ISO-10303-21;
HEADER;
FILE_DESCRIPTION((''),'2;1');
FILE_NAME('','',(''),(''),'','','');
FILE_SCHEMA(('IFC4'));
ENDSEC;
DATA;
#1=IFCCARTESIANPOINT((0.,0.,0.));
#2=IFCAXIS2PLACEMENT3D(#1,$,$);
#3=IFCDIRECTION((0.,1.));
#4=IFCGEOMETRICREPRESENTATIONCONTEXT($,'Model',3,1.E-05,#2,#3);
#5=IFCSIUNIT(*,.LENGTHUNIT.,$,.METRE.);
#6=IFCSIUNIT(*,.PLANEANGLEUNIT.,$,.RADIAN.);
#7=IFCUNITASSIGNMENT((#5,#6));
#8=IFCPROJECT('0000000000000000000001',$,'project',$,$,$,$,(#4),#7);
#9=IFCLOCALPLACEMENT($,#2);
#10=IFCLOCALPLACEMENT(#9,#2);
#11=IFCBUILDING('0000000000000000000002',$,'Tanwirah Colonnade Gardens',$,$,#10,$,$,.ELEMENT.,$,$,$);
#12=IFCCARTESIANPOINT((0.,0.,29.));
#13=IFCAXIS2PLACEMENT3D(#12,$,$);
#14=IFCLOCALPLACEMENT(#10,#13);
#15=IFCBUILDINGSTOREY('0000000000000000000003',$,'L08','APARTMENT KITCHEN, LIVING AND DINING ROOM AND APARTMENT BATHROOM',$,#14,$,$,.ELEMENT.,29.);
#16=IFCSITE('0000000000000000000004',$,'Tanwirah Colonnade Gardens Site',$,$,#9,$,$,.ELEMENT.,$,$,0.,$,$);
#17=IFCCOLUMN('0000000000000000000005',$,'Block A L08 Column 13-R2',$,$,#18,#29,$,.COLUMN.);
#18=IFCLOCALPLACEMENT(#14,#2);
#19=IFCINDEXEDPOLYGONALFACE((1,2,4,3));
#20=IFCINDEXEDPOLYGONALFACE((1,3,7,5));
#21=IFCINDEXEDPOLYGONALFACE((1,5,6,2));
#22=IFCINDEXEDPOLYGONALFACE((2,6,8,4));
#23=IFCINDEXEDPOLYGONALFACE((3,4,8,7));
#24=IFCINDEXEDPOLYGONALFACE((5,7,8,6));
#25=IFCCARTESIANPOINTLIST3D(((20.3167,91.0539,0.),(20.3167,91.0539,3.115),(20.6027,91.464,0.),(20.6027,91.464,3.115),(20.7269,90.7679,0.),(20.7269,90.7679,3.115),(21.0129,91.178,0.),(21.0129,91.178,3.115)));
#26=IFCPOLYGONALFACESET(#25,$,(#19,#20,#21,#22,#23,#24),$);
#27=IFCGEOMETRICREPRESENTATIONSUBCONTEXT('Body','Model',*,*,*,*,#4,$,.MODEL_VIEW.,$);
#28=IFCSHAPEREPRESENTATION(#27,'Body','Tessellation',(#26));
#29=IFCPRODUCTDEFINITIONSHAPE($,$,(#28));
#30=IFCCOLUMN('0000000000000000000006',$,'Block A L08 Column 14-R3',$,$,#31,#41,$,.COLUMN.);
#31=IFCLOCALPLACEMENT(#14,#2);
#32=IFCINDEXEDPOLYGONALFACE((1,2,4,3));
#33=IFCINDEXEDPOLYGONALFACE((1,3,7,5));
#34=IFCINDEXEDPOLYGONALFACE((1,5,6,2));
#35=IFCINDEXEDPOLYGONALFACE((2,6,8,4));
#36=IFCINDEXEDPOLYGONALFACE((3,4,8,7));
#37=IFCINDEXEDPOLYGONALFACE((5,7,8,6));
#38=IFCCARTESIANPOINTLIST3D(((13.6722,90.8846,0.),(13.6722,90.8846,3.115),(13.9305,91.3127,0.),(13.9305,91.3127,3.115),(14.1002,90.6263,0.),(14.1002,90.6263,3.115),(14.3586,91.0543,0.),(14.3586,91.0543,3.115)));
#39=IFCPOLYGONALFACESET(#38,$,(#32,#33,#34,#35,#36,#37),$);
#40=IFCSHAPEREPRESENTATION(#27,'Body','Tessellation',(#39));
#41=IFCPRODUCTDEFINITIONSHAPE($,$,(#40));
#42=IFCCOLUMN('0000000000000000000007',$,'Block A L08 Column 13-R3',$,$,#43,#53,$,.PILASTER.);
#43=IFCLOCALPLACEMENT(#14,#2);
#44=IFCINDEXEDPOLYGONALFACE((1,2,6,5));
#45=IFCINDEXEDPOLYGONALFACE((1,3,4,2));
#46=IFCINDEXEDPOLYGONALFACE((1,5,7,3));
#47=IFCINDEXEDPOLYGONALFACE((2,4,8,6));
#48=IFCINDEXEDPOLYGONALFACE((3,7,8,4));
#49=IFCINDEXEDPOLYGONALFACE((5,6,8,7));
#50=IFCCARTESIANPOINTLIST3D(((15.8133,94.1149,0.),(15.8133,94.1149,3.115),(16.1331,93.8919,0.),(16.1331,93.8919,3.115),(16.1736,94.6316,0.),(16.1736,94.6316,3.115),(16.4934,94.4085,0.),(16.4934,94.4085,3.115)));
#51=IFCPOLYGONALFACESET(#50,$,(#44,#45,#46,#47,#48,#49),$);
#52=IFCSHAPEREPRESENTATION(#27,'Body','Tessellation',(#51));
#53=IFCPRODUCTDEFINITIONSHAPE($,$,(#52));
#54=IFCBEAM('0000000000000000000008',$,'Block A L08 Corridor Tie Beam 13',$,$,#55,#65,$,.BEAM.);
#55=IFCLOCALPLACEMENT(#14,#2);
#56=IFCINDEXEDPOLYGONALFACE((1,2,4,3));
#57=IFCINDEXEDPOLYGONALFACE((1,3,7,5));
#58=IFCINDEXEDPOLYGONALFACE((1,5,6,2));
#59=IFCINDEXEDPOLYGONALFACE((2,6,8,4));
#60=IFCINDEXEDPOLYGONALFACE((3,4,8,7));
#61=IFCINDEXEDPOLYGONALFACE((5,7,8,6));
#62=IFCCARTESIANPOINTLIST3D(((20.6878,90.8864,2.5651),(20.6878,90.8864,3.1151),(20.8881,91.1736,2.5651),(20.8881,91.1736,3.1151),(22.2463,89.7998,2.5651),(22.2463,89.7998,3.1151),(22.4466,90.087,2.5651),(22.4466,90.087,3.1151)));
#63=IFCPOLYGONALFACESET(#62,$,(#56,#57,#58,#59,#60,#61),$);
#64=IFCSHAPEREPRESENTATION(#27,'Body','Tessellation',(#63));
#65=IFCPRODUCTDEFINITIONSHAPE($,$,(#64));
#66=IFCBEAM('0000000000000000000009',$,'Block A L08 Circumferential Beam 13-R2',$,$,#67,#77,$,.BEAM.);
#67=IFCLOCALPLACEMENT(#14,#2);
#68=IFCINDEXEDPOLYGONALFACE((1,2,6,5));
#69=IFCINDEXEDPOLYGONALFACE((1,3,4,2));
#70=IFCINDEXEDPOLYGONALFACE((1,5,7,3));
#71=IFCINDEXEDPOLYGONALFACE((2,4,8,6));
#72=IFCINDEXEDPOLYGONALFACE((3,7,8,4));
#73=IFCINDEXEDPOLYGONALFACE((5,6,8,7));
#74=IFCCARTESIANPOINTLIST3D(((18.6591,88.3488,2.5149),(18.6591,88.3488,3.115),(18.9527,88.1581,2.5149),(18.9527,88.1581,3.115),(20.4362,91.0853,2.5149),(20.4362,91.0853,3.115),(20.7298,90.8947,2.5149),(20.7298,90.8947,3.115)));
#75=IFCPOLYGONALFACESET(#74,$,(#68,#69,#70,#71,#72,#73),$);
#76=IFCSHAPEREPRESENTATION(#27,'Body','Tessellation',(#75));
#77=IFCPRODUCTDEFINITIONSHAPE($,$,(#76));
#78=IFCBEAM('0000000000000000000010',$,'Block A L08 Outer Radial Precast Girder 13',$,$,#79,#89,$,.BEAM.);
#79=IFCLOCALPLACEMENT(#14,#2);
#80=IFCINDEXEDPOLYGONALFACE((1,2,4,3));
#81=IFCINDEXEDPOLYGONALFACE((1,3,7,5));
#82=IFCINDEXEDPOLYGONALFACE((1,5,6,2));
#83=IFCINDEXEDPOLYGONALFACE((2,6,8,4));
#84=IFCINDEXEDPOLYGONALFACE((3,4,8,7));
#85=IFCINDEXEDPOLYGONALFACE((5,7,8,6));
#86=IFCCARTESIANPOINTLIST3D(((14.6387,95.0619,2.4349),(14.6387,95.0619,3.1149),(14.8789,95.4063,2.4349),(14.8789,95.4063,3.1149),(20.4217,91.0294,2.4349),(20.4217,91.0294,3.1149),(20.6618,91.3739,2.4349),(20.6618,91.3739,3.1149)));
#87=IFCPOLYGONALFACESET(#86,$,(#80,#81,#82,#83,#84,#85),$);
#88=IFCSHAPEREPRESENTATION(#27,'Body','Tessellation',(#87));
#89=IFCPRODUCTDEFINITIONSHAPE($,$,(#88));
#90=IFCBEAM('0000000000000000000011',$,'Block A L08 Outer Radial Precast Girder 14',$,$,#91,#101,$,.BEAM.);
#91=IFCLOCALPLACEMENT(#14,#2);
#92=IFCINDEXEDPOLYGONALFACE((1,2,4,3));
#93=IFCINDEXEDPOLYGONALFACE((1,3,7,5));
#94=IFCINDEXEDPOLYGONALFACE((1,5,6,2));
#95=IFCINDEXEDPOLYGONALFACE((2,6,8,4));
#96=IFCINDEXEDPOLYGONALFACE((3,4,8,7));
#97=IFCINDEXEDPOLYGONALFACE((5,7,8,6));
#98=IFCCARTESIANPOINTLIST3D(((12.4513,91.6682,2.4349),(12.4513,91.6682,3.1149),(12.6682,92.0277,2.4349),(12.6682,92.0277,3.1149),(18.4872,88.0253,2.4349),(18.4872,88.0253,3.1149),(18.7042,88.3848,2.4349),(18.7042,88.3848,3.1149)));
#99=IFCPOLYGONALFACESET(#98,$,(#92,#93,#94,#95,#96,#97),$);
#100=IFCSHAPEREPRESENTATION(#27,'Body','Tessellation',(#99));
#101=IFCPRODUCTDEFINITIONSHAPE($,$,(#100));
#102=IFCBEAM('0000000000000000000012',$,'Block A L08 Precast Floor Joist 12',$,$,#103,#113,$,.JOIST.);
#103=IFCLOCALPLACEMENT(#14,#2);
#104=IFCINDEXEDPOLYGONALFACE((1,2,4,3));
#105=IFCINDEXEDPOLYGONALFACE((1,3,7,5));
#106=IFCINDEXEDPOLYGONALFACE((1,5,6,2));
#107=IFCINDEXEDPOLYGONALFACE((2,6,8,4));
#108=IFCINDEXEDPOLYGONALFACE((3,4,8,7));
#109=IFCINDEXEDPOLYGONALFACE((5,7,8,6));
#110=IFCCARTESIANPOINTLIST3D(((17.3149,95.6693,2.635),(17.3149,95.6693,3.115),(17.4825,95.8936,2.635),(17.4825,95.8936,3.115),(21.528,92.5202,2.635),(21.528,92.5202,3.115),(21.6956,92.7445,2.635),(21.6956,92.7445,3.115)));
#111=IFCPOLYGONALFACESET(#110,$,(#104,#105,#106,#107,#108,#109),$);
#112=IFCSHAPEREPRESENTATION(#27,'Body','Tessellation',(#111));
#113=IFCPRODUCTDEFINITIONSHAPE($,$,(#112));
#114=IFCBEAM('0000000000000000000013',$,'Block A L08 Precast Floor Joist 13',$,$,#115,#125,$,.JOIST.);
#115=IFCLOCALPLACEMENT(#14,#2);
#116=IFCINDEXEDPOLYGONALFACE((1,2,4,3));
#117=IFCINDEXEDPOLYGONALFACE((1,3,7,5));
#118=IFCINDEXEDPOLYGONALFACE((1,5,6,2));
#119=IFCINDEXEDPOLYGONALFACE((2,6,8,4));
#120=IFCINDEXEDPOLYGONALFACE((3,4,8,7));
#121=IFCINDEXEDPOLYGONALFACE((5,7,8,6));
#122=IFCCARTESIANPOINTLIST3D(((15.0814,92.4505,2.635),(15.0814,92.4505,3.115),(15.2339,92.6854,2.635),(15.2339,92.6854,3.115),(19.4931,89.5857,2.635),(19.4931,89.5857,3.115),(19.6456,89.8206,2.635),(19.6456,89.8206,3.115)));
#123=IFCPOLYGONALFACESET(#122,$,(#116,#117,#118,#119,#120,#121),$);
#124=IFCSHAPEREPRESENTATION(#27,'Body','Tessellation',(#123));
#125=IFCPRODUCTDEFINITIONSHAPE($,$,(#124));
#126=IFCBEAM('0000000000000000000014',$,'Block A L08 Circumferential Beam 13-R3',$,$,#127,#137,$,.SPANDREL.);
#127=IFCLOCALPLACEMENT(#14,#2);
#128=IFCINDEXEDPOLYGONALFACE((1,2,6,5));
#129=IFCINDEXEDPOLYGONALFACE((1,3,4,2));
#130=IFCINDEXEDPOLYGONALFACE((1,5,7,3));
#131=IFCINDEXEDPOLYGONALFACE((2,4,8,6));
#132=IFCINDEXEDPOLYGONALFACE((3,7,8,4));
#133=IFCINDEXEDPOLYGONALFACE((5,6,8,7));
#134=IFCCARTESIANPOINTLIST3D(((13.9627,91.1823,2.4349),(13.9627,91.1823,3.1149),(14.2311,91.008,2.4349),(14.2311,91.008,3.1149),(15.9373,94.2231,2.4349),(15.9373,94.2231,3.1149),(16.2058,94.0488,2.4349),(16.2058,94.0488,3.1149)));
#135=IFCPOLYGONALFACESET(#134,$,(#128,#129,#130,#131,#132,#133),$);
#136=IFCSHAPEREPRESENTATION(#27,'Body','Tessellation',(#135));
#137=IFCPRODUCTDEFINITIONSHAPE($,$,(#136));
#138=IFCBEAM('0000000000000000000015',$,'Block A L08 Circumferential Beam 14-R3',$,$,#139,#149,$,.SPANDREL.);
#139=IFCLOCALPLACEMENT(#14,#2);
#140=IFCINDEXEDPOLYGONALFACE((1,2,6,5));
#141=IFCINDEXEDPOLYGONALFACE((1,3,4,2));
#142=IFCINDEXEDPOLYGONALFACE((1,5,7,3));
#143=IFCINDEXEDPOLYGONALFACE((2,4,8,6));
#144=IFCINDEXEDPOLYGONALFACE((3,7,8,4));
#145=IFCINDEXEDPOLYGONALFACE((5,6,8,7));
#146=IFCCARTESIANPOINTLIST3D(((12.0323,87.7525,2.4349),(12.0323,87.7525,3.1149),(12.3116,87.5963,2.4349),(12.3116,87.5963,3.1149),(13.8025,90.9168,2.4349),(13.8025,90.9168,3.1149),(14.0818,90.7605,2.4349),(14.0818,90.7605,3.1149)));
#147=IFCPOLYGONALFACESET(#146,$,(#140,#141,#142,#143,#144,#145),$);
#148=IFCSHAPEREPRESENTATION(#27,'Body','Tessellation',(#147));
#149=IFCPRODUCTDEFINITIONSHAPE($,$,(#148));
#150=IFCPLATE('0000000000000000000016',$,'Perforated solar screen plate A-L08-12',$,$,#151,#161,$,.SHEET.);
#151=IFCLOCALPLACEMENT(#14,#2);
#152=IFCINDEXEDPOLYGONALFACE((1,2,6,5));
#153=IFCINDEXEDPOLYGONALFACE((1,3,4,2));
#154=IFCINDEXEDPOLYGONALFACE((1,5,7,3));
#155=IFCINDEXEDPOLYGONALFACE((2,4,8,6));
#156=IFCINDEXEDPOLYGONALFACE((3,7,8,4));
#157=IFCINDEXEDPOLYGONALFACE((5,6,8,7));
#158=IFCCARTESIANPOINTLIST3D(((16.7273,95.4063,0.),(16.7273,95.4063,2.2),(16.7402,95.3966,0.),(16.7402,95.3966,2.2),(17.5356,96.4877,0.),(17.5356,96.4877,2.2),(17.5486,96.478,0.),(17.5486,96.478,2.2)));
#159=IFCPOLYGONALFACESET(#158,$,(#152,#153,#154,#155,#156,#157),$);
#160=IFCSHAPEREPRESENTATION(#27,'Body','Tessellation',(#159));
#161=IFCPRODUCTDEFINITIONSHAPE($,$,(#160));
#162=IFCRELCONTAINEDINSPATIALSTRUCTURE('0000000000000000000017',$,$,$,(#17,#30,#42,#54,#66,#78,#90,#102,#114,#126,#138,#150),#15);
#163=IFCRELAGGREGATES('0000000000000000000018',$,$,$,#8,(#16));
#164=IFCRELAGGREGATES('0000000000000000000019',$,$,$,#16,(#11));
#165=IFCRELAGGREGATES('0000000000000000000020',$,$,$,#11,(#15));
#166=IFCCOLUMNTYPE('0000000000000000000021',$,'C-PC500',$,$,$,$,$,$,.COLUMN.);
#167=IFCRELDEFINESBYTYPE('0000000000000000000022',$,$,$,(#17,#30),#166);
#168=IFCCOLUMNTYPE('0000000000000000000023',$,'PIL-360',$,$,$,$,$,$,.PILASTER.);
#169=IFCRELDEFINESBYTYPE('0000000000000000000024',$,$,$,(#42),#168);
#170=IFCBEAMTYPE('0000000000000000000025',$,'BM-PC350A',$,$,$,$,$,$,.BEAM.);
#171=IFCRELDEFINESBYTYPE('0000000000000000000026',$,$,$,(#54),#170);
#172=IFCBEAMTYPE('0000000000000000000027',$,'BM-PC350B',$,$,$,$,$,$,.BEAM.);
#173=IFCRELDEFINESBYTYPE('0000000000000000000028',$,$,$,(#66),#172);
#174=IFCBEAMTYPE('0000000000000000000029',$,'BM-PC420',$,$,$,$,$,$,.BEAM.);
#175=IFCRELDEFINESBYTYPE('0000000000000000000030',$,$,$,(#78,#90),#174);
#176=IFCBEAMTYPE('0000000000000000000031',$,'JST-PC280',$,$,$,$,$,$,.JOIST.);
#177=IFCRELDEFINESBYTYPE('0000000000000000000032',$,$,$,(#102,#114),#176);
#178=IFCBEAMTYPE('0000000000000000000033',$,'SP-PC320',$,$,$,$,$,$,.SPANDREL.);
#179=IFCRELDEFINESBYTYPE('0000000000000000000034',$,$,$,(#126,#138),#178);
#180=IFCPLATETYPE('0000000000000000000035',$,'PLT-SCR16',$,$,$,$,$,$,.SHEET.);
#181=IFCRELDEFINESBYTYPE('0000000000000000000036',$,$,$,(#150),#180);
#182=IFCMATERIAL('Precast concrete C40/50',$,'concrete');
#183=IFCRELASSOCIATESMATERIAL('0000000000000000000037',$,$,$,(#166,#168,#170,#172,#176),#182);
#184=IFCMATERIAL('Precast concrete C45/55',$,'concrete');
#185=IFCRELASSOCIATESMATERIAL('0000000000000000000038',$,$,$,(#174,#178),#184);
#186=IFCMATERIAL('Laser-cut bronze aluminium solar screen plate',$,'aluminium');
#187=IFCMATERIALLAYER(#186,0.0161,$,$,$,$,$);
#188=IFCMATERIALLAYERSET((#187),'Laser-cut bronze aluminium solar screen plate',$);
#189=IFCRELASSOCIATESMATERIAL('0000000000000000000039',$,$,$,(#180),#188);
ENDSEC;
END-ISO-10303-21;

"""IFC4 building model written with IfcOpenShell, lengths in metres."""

from ifc_helpers import new_model, si_unit, direction, frame, origin, origin_2d, place, context, subcontext, project, spatial, rectangle, extrude, material, layer, layer_set, material_profile, profile_set, type_object, element, save


model = new_model("IFC4")

# Units and contexts
model_context = context("Model", 3, precision=1e-05, world=origin(), true_north=direction((0.0, 1.0)))
body_context = subcontext(model_context, "Body", "Model", "MODEL_VIEW")
ifc_project = project(units=[si_unit("LENGTHUNIT", "METRE"), si_unit("PLANEANGLEUNIT", "RADIAN")], contexts=[model_context])

# Site, building, storey
site_placement = place(None, origin())
site = spatial("IfcSite", under=ifc_project, at=site_placement, Name="Tanwirah Colonnade Gardens Site", CompositionType="ELEMENT", RefElevation=0.0)
building_placement = place(site_placement, origin())
building = spatial("IfcBuilding", under=site, at=building_placement, Name="Tanwirah Colonnade Gardens", CompositionType="ELEMENT")
storey_placement = place(building_placement, frame((0.0, 0.0, 29.0)))
storey = spatial("IfcBuildingStorey", under=building, at=storey_placement, Name="L08", Description="APARTMENT KITCHEN, LIVING AND DINING ROOM AND APARTMENT BATHROOM", CompositionType="ELEMENT", Elevation=29.0)

# Columns
ifc_material_1 = material(Name="Precast concrete C40/50", Category="concrete")
ifc_material_profile_1 = material_profile(ifc_material_1, rectangle(XDim=0.5, YDim=0.5, at=origin_2d()), Name="PC-COL 500x500")
ifc_profile_set_1 = profile_set([ifc_material_profile_1], Name="Precast concrete C40/50")
column_type_1 = type_object("IfcColumnType", Name="C-PC500", PredefinedType="COLUMN", material=ifc_profile_set_1)
for number, where, z_axis, x_axis, name in (
    (1, (20.6648, 91.116, 0.0), (0.0, 0.0, 1.0), (-0.820263, 0.571987, 0.0), "Block A L08 Column 13-R2"),
    (2, (14.0154, 90.9695, 0.0), (0.0, 0.0, 1.0), (-0.856167, 0.516699, 0.0), "Block A L08 Column 14-R3"),
):
    element("IfcColumn", number, at=place(storey_placement, frame(where, z_axis=z_axis, x_axis=x_axis)), inside=storey, type_object=column_type_1, Name=name, PredefinedType="COLUMN", context=body_context, shape_type="SweptSolid", body=[
        extrude(rectangle(XDim=0.5, YDim=0.5, at=origin_2d()), origin(), (0.0, 0.0, 1.0), 3.115),
    ])
ifc_material_profile_2 = material_profile(ifc_material_1, rectangle(XDim=0.3899, YDim=0.6299, at=origin_2d()), Name="PC-PIL 390x630")
ifc_profile_set_2 = profile_set([ifc_material_profile_2], Name="Precast concrete C40/50")
column_type_2 = type_object("IfcColumnType", Name="PIL-360", PredefinedType="PILASTER", material=ifc_profile_set_2)
column_placement = place(storey_placement, frame((16.1533, 94.2617, 0.0), z_axis=(0.0, 0.0, 1.0), x_axis=(-0.820263, 0.571987, 0.0)))
element("IfcColumn", 3, at=column_placement, inside=storey, type_object=column_type_2, Name="Block A L08 Column 13-R3", PredefinedType="PILASTER", context=body_context, shape_type="SweptSolid", body=[
    extrude(rectangle(XDim=0.3899, YDim=0.6299, at=origin_2d()), origin(), (0.0, 0.0, 1.0), 3.115),
])

# Beams
ifc_material_profile_3 = material_profile(ifc_material_1, rectangle(XDim=0.3501, YDim=0.55, at=origin_2d()), Name="PC-BM 350x550")
ifc_profile_set_3 = profile_set([ifc_material_profile_3], Name="Precast concrete C40/50")
beam_type_1 = type_object("IfcBeamType", Name="BM-PC350A", PredefinedType="BEAM", material=ifc_profile_set_3)
beam_1_placement = place(storey_placement, frame((22.3464, 89.9434, 2.8401), z_axis=(-0.820305, 0.571926, 0.0), x_axis=(-0.571926, -0.820305, 0.0)))
element("IfcBeam", 4, at=beam_1_placement, inside=storey, type_object=beam_type_1, Name="Block A L08 Corridor Tie Beam 13", PredefinedType="BEAM", context=body_context, shape_type="SweptSolid", body=[
    extrude(rectangle(XDim=0.3501, YDim=0.55, at=origin_2d()), origin(), (0.0, 0.0, 1.0), 1.8999),
])
ifc_material_profile_4 = material_profile(ifc_material_1, rectangle(XDim=0.3501, YDim=0.6001, at=origin_2d()), Name="PC-BM 350x600")
ifc_profile_set_4 = profile_set([ifc_material_profile_4], Name="Precast concrete C40/50")
beam_type_2 = type_object("IfcBeamType", Name="BM-PC350B", PredefinedType="BEAM", material=ifc_profile_set_4)
beam_2_placement = place(storey_placement, frame((20.583, 90.99, 2.8149), z_axis=(-0.544628, -0.838678, 0.0), x_axis=(0.838678, -0.544628, 0.0)))
element("IfcBeam", 5, at=beam_2_placement, inside=storey, type_object=beam_type_2, Name="Block A L08 Circumferential Beam 13-R2", PredefinedType="BEAM", context=body_context, shape_type="SweptSolid", body=[
    extrude(rectangle(XDim=0.3501, YDim=0.6001, at=origin_2d()), origin(), (0.0, 0.0, 1.0), 3.2629),
])
ifc_material_2 = material(Name="Precast concrete C45/55", Category="concrete")
ifc_material_profile_5 = material_profile(ifc_material_2, rectangle(XDim=0.4199, YDim=0.6799, at=origin_2d()), Name="PC-BM 420x680")
ifc_profile_set_5 = profile_set([ifc_material_profile_5], Name="Precast concrete C45/55")
beam_type_3 = type_object("IfcBeamType", Name="BM-PC420", PredefinedType="BEAM", material=ifc_profile_set_5)
for number, where, z_axis, x_axis, name in (
    (6, (20.5417, 91.2017, 2.7749), (-0.82027, 0.571976, 0.0), (-0.571976, -0.82027, 0.0), "Block A L08 Outer Radial Precast Girder 13"),
    (7, (18.5957, 88.2051, 2.7749), (-0.856158, 0.516714, 0.0), (-0.516714, -0.856158, 0.0), "Block A L08 Outer Radial Precast Girder 14"),
):
    element("IfcBeam", number, at=place(storey_placement, frame(where, z_axis=z_axis, x_axis=x_axis)), inside=storey, type_object=beam_type_3, Name=name, PredefinedType="BEAM", context=body_context, shape_type="SweptSolid", body=[
        extrude(rectangle(XDim=0.4199, YDim=0.6799, at=origin_2d()), origin(), (0.0, 0.0, 1.0), 7.05),
    ])
ifc_material_profile_6 = material_profile(ifc_material_1, rectangle(XDim=0.28, YDim=0.48, at=origin_2d()), Name="PC-JST 280x480")
ifc_profile_set_6 = profile_set([ifc_material_profile_6], Name="Precast concrete C40/50")
beam_type_4 = type_object("IfcBeamType", Name="JST-PC280", PredefinedType="JOIST", material=ifc_profile_set_6)
beam_3_placement = place(storey_placement, frame((21.6118, 92.6323, 2.875), z_axis=(-0.800974, 0.5987, 0.0), x_axis=(-0.5987, -0.800974, 0.0)))
element("IfcBeam", 8, at=beam_3_placement, inside=storey, type_object=beam_type_4, Name="Block A L08 Precast Floor Joist 12", PredefinedType="JOIST", context=body_context, shape_type="SweptSolid", body=[
    extrude(rectangle(XDim=0.28, YDim=0.48, at=origin_2d()), origin(), (0.0, 0.0, 1.0), 5.26),
])
beam_4_placement = place(storey_placement, frame((19.5693, 89.7031, 2.875), z_axis=(-0.838687, 0.544613, 0.0), x_axis=(-0.544613, -0.838687, 0.0)))
element("IfcBeam", 9, at=beam_4_placement, inside=storey, type_object=beam_type_4, Name="Block A L08 Precast Floor Joist 13", PredefinedType="JOIST", context=body_context, shape_type="SweptSolid", body=[
    extrude(rectangle(XDim=0.28, YDim=0.48, at=origin_2d()), origin(), (0.0, 0.0, 1.0), 5.2603),
])
ifc_material_profile_7 = material_profile(ifc_material_2, rectangle(XDim=0.3201, YDim=0.6799, at=origin_2d()), Name="PC-SP 320x680")
ifc_profile_set_7 = profile_set([ifc_material_profile_7], Name="Precast concrete C45/55")
beam_type_5 = type_object("IfcBeamType", Name="SP-PC320", PredefinedType="SPANDREL", material=ifc_profile_set_7)
for number, where, z_axis, x_axis, name in (
    (10, (16.0715, 94.136, 2.7749), (-0.544621, -0.838682, 0.0), (0.838682, -0.544621, 0.0), "Block A L08 Circumferential Beam 13-R3"),
    (11, (13.9421, 90.8386, 2.7749), (-0.488236, -0.872711, 0.0), (0.872711, -0.488236, 0.0), "Block A L08 Circumferential Beam 14-R3"),
):
    element("IfcBeam", number, at=place(storey_placement, frame(where, z_axis=z_axis, x_axis=x_axis)), inside=storey, type_object=beam_type_5, Name=name, PredefinedType="SPANDREL", context=body_context, shape_type="SweptSolid", body=[
        extrude(rectangle(XDim=0.3201, YDim=0.6799, at=origin_2d()), origin(), (0.0, 0.0, 1.0), 3.6257),
    ])

# Plate
ifc_material_3 = material(Name="Laser-cut bronze aluminium solar screen plate", Category="aluminium")
ifc_layer_1 = layer(ifc_material_3, 0.0161)
ifc_layer_set_1 = layer_set([ifc_layer_1], Name="Laser-cut bronze aluminium solar screen plate")
plate_type = type_object("IfcPlateType", Name="PLT-SCR16", PredefinedType="SHEET", material=ifc_layer_set_1)
plate_placement = place(storey_placement, frame((17.1379, 95.9421, 0.0), z_axis=(0.0, 0.0, 1.0), x_axis=(-0.598713, -0.800964, 0.0)))
element("IfcPlate", 12, at=plate_placement, inside=storey, type_object=plate_type, Name="Perforated solar screen plate A-L08-12", PredefinedType="SHEET", context=body_context, shape_type="SweptSolid", body=[
    extrude(rectangle(XDim=1.3501, YDim=0.0161, at=origin_2d()), origin(), (0.0, 0.0, 1.0), 2.2),
])

save(model, "model.ifc")
